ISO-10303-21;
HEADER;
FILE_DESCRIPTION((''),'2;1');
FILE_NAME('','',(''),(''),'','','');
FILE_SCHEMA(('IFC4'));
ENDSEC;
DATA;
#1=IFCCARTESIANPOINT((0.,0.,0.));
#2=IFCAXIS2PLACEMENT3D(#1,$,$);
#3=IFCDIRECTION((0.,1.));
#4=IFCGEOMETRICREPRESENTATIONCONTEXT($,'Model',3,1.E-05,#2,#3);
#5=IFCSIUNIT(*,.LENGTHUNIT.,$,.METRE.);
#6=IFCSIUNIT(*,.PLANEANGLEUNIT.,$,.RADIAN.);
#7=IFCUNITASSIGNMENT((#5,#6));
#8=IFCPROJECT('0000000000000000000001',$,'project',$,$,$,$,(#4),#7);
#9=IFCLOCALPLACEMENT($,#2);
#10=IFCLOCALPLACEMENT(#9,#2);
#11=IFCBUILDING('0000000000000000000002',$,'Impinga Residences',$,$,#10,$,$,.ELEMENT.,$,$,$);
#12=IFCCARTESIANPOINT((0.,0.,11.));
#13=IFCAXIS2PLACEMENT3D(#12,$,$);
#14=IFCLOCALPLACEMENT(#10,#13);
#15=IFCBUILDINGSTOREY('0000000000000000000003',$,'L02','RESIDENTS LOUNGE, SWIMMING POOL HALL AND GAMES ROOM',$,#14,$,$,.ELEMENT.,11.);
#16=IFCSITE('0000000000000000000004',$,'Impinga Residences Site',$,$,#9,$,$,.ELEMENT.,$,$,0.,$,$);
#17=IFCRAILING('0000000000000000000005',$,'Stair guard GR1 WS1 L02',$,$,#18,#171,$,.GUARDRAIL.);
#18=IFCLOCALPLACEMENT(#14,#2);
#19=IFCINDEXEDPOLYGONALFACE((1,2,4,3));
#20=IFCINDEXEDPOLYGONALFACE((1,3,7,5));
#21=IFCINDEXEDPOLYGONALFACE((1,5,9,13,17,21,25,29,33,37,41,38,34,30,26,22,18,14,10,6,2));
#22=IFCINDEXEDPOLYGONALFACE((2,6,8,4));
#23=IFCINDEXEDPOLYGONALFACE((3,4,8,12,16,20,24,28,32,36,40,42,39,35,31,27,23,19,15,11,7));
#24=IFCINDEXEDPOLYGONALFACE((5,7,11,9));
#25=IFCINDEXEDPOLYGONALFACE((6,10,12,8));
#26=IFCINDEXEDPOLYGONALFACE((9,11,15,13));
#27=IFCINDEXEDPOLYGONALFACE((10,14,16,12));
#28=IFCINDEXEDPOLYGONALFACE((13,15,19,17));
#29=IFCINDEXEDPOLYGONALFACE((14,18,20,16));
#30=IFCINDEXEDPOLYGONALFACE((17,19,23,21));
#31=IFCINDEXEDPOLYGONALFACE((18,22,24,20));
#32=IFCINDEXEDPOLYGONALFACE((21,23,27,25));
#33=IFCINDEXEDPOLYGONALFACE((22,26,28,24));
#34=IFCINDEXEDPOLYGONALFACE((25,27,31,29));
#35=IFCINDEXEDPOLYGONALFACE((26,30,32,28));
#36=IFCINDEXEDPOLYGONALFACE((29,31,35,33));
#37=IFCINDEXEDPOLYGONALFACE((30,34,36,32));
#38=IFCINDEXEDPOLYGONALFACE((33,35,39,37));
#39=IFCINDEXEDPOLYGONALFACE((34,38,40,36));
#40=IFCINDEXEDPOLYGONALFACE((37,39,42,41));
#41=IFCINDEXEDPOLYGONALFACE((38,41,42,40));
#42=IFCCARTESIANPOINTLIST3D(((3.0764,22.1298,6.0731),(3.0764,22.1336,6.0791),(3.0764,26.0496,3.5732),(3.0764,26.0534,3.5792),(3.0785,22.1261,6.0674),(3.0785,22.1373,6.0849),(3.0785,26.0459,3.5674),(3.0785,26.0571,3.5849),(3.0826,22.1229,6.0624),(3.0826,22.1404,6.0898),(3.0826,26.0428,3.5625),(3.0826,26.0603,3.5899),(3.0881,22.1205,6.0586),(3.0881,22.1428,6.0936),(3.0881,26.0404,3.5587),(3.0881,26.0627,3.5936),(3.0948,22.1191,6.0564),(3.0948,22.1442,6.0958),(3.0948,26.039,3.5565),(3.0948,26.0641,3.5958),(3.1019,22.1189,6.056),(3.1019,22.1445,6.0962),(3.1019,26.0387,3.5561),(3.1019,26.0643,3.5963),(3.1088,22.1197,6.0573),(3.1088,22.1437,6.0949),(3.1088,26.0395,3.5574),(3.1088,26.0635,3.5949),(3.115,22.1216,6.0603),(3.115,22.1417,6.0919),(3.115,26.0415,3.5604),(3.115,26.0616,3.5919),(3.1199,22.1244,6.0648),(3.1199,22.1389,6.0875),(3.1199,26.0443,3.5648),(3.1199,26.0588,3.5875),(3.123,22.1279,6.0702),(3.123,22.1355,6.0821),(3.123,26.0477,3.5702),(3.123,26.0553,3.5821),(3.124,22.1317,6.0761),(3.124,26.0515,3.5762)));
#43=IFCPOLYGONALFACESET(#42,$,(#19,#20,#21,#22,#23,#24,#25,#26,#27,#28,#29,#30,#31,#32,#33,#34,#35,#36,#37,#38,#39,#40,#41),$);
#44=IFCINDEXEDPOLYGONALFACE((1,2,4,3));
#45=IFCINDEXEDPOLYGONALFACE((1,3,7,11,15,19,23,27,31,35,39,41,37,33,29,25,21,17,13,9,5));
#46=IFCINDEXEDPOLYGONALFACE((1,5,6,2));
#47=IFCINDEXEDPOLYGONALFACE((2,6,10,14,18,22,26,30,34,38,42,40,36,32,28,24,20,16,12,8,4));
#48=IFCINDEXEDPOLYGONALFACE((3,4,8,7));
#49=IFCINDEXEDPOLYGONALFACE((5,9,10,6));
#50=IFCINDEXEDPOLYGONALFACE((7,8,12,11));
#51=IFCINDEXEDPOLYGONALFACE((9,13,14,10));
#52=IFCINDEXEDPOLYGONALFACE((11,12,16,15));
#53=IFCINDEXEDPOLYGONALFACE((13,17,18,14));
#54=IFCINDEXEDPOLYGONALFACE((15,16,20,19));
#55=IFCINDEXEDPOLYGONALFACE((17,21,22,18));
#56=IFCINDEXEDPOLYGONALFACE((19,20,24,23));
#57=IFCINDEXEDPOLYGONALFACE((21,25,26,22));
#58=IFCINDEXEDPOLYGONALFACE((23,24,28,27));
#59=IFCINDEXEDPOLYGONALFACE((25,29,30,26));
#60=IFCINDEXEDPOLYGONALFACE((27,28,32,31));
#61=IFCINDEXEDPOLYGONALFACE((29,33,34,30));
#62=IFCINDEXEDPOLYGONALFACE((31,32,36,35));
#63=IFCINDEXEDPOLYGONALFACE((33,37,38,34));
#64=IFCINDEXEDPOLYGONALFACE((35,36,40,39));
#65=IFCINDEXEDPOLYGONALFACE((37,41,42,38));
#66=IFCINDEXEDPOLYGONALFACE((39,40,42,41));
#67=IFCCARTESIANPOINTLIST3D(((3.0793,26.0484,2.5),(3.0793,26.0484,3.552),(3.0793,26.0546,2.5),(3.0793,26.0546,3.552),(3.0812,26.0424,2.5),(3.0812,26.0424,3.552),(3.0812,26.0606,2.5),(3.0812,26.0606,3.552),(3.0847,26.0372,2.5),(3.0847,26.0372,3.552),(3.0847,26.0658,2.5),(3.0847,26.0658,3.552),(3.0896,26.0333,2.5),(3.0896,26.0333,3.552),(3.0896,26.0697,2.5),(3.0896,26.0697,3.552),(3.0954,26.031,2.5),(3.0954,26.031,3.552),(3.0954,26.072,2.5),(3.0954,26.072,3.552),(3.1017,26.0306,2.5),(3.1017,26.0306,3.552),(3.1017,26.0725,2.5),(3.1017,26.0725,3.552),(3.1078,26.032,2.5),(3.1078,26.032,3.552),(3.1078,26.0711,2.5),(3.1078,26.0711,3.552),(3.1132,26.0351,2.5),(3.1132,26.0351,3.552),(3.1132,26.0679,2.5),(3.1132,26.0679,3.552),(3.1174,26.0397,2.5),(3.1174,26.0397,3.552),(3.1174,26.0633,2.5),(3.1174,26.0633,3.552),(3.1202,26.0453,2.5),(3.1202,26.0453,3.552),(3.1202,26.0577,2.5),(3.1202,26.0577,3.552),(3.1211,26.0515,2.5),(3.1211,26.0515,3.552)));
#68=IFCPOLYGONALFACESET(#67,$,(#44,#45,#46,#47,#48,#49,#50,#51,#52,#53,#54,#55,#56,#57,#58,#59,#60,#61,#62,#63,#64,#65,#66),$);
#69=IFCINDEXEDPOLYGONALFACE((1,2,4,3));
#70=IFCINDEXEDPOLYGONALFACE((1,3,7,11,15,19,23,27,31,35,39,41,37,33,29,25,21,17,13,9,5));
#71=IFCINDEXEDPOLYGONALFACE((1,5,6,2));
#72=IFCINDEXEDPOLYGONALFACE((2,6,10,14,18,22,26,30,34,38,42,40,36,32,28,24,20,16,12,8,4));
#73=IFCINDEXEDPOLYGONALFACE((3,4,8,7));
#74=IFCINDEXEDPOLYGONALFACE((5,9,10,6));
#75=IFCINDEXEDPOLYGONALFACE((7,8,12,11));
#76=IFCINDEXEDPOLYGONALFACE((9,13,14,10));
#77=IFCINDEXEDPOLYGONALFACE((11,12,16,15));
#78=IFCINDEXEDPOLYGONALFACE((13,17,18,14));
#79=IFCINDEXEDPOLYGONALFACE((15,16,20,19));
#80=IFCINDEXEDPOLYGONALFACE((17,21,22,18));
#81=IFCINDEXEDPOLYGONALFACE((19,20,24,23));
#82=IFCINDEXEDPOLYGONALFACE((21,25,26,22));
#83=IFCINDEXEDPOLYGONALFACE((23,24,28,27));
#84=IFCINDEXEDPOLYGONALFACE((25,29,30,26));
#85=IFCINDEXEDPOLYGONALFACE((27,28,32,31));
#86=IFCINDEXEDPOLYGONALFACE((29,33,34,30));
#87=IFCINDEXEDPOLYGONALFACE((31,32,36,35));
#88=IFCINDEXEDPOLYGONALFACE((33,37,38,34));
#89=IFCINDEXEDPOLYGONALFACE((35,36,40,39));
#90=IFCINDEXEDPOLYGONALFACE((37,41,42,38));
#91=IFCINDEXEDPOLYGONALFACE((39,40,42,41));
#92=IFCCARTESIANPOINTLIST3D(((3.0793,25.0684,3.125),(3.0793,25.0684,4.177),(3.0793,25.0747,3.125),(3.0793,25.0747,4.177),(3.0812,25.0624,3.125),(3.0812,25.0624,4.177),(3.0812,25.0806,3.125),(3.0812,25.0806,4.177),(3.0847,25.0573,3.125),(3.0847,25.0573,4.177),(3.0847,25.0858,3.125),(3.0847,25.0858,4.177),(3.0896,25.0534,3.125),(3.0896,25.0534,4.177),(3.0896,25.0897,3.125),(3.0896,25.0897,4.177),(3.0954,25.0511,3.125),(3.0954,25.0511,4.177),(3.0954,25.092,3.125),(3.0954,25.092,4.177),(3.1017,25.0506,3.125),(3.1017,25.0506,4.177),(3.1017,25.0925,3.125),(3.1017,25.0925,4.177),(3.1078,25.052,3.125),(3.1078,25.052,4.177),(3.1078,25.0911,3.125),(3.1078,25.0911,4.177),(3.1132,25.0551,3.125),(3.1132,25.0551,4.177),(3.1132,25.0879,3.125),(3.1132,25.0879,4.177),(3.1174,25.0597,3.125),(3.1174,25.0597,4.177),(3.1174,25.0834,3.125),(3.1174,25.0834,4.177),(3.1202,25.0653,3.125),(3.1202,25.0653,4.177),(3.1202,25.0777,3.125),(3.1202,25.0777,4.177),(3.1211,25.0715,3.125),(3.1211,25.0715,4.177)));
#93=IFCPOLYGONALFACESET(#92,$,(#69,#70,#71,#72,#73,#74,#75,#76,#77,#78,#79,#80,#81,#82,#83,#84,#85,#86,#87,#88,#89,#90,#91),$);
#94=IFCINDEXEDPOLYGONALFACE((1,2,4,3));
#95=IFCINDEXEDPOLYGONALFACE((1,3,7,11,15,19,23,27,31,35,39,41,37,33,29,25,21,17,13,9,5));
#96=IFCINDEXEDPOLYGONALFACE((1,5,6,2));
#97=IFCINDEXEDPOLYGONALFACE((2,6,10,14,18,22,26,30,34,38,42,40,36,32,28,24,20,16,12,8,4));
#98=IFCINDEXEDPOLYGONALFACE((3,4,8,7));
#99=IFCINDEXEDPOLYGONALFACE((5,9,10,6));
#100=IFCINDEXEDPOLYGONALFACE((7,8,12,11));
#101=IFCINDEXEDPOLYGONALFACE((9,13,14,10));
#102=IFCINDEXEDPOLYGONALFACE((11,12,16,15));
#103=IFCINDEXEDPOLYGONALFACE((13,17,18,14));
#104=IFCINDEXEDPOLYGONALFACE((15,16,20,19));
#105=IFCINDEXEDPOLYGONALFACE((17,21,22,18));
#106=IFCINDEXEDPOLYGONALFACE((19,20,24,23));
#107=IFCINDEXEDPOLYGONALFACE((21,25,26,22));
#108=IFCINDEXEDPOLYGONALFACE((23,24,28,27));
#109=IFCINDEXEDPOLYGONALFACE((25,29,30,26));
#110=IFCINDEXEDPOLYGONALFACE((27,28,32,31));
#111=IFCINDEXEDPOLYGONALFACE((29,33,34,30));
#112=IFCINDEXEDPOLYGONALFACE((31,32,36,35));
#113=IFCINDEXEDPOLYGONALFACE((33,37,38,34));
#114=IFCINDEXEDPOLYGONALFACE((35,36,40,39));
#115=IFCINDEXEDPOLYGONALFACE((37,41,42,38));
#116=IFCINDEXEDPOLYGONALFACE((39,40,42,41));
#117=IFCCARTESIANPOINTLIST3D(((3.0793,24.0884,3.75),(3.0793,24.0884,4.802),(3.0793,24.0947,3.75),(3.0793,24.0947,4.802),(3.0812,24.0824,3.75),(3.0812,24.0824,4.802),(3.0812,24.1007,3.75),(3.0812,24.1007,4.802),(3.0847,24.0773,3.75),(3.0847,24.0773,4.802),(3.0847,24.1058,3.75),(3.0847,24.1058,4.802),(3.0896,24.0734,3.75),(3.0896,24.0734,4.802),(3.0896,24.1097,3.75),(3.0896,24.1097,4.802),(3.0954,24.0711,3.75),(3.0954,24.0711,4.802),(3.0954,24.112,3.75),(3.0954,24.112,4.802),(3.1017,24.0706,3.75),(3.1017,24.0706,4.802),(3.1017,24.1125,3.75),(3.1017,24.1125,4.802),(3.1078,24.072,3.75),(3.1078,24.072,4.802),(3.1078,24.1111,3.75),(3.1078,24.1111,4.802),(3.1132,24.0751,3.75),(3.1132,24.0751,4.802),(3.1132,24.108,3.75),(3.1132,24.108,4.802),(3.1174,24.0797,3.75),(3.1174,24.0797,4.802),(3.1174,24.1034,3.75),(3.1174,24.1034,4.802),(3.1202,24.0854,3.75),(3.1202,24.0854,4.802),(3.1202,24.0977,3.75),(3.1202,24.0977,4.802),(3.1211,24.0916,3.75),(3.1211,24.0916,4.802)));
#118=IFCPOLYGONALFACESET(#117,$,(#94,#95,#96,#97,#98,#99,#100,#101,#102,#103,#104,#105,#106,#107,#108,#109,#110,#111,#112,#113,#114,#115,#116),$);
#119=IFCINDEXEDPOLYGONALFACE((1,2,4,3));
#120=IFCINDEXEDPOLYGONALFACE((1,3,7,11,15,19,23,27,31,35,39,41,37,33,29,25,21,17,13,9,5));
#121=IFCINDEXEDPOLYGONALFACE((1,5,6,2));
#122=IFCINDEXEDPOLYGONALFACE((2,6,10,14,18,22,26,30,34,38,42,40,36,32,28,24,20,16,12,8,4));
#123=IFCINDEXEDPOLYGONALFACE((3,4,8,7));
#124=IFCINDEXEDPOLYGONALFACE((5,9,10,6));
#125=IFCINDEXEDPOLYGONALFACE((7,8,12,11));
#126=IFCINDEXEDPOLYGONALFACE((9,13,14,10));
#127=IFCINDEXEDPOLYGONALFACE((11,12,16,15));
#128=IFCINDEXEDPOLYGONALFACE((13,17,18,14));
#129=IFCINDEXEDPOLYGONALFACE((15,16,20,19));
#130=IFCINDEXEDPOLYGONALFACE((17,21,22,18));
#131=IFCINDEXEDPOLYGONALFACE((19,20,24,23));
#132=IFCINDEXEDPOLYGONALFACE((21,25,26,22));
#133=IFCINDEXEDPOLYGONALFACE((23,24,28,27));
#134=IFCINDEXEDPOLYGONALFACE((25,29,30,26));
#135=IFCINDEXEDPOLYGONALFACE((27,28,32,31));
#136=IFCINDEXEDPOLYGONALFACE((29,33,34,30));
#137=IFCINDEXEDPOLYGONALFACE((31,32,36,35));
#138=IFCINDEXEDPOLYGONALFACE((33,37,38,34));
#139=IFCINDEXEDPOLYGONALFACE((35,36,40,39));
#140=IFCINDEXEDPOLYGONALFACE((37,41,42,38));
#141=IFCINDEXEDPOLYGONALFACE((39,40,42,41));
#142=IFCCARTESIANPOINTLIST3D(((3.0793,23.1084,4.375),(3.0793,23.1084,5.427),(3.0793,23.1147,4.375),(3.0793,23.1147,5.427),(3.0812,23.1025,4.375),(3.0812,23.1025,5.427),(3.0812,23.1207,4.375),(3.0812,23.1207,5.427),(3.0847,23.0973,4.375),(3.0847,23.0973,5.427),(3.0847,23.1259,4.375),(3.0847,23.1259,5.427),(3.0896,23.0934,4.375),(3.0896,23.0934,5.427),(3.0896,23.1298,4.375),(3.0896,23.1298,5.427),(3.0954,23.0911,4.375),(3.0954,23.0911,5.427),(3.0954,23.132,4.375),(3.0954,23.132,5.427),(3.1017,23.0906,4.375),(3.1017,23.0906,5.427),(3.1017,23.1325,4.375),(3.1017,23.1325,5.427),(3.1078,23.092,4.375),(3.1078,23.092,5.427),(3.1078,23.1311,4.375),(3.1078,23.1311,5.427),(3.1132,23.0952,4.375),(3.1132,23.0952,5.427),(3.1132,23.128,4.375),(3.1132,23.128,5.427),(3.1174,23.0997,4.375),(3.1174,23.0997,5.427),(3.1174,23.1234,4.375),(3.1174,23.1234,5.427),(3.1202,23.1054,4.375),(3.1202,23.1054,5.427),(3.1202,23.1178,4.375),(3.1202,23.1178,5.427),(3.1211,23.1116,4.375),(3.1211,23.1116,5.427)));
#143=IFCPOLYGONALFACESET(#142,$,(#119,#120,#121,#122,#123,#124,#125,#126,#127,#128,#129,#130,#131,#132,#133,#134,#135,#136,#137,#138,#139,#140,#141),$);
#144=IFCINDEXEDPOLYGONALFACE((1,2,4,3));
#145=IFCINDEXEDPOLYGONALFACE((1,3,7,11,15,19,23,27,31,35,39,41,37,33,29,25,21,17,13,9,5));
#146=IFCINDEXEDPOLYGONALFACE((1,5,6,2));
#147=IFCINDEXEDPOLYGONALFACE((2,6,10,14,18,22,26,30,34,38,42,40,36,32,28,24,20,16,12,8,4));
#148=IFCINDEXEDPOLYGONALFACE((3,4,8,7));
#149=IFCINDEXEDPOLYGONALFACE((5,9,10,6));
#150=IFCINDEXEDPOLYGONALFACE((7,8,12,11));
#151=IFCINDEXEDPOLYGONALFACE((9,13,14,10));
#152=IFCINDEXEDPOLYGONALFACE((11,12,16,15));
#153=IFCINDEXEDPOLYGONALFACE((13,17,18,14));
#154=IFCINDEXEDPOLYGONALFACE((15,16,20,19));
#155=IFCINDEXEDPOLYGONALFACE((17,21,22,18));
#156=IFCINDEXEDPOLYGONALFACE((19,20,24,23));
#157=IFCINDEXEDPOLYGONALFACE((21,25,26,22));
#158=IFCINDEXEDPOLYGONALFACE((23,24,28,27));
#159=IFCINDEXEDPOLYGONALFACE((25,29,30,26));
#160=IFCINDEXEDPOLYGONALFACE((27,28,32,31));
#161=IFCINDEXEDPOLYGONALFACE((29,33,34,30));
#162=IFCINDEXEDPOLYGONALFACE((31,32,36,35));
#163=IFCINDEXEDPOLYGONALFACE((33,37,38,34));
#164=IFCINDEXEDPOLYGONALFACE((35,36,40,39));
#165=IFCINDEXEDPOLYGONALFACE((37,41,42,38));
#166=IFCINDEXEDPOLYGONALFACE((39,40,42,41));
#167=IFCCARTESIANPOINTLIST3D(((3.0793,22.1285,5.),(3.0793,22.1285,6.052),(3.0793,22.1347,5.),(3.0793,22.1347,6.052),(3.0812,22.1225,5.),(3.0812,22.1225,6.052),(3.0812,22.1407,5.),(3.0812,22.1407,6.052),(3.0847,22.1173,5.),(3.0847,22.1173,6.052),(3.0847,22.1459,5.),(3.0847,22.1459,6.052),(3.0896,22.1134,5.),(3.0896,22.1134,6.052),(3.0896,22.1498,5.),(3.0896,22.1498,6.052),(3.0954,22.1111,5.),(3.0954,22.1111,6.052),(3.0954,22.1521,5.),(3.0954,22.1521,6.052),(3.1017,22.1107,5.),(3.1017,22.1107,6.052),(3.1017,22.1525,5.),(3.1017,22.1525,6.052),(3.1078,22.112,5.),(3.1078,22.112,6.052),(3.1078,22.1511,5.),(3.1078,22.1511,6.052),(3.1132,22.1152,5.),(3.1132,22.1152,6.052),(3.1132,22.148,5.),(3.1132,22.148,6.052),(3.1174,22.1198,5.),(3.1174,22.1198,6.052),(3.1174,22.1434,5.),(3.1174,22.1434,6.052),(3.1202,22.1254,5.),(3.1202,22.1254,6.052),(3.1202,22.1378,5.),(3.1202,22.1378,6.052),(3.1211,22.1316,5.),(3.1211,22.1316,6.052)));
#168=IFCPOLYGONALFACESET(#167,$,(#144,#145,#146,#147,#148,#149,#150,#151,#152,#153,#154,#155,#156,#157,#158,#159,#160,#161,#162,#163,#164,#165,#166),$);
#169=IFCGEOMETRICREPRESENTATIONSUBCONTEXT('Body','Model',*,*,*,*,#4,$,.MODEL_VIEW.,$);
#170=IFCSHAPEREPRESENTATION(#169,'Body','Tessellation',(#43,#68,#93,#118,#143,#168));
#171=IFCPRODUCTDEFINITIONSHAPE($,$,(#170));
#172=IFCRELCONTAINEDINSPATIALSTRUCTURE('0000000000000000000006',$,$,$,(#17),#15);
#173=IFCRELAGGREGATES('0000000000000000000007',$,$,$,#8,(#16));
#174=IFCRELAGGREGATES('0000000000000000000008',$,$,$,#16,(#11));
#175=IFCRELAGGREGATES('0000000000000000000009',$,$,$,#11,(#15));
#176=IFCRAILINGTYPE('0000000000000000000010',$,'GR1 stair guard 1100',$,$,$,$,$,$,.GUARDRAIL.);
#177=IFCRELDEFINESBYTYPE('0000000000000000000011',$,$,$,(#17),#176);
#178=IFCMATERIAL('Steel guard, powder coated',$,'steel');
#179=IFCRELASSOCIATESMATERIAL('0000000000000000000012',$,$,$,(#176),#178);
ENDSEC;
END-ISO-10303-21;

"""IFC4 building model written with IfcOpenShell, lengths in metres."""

from ifc_helpers import new_model, si_unit, direction, frame, origin, origin_2d, place, context, subcontext, project, spatial, circle, extrude, material, type_object, element, save


model = new_model("IFC4")

# Units and contexts
model_context = context("Model", 3, precision=1e-05, world=origin(), true_north=direction((0.0, 1.0)))
body_context = subcontext(model_context, "Body", "Model", "MODEL_VIEW")
ifc_project = project(units=[si_unit("LENGTHUNIT", "METRE"), si_unit("PLANEANGLEUNIT", "RADIAN")], contexts=[model_context])

# Site, building, storey
site_placement = place(None, origin())
site = spatial("IfcSite", under=ifc_project, at=site_placement, Name="Impinga Residences Site", CompositionType="ELEMENT", RefElevation=0.0)
building_placement = place(site_placement, origin())
building = spatial("IfcBuilding", under=site, at=building_placement, Name="Impinga Residences", CompositionType="ELEMENT")
storey_placement = place(building_placement, frame((0.0, 0.0, 11.0)))
storey = spatial("IfcBuildingStorey", under=building, at=storey_placement, Name="L02", Description="RESIDENTS LOUNGE, SWIMMING POOL HALL AND GAMES ROOM", CompositionType="ELEMENT", Elevation=11.0)

# Railing
ifc_material_1 = material(Name="Steel guard, powder coated", Category="steel")
railing_type_1 = type_object("IfcRailingType", Name="GR1 stair guard 1100", PredefinedType="GUARDRAIL", material=ifc_material_1)
railing_1_placement = place(storey_placement, frame((3.1001, 26.0515, 2.5)))
element("IfcRailing", 1, at=railing_1_placement, inside=storey, type_object=railing_type_1, Name="Stair guard GR1 WS1 L02", PredefinedType="GUARDRAIL", context=body_context, shape_type="SweptSolid", body=[
    extrude(circle(Radius=0.0239, at=origin_2d()), frame((0.0, 0.0, 1.0762), z_axis=(0.0, -0.843125, 0.537718), x_axis=(1.0, 0.0, 0.0)), (0.0, 0.0, 1.0), 4.6492),
    extrude(circle(Radius=0.021, at=origin_2d()), origin(), (0.0, 0.0, 1.0), 1.052),
    extrude(circle(Radius=0.021, at=origin_2d()), frame((0.0, -0.98, 0.625)), (0.0, 0.0, 1.0), 1.052),
    extrude(circle(Radius=0.021, at=origin_2d()), frame((0.0, -1.96, 1.25)), (0.0, 0.0, 1.0), 1.052),
    extrude(circle(Radius=0.021, at=origin_2d()), frame((0.0, -2.9399, 1.875)), (0.0, 0.0, 1.0), 1.052),
    extrude(circle(Radius=0.021, at=origin_2d()), frame((0.0, -3.9199, 2.5)), (0.0, 0.0, 1.0), 1.052),
])

save(model, "model.ifc")
